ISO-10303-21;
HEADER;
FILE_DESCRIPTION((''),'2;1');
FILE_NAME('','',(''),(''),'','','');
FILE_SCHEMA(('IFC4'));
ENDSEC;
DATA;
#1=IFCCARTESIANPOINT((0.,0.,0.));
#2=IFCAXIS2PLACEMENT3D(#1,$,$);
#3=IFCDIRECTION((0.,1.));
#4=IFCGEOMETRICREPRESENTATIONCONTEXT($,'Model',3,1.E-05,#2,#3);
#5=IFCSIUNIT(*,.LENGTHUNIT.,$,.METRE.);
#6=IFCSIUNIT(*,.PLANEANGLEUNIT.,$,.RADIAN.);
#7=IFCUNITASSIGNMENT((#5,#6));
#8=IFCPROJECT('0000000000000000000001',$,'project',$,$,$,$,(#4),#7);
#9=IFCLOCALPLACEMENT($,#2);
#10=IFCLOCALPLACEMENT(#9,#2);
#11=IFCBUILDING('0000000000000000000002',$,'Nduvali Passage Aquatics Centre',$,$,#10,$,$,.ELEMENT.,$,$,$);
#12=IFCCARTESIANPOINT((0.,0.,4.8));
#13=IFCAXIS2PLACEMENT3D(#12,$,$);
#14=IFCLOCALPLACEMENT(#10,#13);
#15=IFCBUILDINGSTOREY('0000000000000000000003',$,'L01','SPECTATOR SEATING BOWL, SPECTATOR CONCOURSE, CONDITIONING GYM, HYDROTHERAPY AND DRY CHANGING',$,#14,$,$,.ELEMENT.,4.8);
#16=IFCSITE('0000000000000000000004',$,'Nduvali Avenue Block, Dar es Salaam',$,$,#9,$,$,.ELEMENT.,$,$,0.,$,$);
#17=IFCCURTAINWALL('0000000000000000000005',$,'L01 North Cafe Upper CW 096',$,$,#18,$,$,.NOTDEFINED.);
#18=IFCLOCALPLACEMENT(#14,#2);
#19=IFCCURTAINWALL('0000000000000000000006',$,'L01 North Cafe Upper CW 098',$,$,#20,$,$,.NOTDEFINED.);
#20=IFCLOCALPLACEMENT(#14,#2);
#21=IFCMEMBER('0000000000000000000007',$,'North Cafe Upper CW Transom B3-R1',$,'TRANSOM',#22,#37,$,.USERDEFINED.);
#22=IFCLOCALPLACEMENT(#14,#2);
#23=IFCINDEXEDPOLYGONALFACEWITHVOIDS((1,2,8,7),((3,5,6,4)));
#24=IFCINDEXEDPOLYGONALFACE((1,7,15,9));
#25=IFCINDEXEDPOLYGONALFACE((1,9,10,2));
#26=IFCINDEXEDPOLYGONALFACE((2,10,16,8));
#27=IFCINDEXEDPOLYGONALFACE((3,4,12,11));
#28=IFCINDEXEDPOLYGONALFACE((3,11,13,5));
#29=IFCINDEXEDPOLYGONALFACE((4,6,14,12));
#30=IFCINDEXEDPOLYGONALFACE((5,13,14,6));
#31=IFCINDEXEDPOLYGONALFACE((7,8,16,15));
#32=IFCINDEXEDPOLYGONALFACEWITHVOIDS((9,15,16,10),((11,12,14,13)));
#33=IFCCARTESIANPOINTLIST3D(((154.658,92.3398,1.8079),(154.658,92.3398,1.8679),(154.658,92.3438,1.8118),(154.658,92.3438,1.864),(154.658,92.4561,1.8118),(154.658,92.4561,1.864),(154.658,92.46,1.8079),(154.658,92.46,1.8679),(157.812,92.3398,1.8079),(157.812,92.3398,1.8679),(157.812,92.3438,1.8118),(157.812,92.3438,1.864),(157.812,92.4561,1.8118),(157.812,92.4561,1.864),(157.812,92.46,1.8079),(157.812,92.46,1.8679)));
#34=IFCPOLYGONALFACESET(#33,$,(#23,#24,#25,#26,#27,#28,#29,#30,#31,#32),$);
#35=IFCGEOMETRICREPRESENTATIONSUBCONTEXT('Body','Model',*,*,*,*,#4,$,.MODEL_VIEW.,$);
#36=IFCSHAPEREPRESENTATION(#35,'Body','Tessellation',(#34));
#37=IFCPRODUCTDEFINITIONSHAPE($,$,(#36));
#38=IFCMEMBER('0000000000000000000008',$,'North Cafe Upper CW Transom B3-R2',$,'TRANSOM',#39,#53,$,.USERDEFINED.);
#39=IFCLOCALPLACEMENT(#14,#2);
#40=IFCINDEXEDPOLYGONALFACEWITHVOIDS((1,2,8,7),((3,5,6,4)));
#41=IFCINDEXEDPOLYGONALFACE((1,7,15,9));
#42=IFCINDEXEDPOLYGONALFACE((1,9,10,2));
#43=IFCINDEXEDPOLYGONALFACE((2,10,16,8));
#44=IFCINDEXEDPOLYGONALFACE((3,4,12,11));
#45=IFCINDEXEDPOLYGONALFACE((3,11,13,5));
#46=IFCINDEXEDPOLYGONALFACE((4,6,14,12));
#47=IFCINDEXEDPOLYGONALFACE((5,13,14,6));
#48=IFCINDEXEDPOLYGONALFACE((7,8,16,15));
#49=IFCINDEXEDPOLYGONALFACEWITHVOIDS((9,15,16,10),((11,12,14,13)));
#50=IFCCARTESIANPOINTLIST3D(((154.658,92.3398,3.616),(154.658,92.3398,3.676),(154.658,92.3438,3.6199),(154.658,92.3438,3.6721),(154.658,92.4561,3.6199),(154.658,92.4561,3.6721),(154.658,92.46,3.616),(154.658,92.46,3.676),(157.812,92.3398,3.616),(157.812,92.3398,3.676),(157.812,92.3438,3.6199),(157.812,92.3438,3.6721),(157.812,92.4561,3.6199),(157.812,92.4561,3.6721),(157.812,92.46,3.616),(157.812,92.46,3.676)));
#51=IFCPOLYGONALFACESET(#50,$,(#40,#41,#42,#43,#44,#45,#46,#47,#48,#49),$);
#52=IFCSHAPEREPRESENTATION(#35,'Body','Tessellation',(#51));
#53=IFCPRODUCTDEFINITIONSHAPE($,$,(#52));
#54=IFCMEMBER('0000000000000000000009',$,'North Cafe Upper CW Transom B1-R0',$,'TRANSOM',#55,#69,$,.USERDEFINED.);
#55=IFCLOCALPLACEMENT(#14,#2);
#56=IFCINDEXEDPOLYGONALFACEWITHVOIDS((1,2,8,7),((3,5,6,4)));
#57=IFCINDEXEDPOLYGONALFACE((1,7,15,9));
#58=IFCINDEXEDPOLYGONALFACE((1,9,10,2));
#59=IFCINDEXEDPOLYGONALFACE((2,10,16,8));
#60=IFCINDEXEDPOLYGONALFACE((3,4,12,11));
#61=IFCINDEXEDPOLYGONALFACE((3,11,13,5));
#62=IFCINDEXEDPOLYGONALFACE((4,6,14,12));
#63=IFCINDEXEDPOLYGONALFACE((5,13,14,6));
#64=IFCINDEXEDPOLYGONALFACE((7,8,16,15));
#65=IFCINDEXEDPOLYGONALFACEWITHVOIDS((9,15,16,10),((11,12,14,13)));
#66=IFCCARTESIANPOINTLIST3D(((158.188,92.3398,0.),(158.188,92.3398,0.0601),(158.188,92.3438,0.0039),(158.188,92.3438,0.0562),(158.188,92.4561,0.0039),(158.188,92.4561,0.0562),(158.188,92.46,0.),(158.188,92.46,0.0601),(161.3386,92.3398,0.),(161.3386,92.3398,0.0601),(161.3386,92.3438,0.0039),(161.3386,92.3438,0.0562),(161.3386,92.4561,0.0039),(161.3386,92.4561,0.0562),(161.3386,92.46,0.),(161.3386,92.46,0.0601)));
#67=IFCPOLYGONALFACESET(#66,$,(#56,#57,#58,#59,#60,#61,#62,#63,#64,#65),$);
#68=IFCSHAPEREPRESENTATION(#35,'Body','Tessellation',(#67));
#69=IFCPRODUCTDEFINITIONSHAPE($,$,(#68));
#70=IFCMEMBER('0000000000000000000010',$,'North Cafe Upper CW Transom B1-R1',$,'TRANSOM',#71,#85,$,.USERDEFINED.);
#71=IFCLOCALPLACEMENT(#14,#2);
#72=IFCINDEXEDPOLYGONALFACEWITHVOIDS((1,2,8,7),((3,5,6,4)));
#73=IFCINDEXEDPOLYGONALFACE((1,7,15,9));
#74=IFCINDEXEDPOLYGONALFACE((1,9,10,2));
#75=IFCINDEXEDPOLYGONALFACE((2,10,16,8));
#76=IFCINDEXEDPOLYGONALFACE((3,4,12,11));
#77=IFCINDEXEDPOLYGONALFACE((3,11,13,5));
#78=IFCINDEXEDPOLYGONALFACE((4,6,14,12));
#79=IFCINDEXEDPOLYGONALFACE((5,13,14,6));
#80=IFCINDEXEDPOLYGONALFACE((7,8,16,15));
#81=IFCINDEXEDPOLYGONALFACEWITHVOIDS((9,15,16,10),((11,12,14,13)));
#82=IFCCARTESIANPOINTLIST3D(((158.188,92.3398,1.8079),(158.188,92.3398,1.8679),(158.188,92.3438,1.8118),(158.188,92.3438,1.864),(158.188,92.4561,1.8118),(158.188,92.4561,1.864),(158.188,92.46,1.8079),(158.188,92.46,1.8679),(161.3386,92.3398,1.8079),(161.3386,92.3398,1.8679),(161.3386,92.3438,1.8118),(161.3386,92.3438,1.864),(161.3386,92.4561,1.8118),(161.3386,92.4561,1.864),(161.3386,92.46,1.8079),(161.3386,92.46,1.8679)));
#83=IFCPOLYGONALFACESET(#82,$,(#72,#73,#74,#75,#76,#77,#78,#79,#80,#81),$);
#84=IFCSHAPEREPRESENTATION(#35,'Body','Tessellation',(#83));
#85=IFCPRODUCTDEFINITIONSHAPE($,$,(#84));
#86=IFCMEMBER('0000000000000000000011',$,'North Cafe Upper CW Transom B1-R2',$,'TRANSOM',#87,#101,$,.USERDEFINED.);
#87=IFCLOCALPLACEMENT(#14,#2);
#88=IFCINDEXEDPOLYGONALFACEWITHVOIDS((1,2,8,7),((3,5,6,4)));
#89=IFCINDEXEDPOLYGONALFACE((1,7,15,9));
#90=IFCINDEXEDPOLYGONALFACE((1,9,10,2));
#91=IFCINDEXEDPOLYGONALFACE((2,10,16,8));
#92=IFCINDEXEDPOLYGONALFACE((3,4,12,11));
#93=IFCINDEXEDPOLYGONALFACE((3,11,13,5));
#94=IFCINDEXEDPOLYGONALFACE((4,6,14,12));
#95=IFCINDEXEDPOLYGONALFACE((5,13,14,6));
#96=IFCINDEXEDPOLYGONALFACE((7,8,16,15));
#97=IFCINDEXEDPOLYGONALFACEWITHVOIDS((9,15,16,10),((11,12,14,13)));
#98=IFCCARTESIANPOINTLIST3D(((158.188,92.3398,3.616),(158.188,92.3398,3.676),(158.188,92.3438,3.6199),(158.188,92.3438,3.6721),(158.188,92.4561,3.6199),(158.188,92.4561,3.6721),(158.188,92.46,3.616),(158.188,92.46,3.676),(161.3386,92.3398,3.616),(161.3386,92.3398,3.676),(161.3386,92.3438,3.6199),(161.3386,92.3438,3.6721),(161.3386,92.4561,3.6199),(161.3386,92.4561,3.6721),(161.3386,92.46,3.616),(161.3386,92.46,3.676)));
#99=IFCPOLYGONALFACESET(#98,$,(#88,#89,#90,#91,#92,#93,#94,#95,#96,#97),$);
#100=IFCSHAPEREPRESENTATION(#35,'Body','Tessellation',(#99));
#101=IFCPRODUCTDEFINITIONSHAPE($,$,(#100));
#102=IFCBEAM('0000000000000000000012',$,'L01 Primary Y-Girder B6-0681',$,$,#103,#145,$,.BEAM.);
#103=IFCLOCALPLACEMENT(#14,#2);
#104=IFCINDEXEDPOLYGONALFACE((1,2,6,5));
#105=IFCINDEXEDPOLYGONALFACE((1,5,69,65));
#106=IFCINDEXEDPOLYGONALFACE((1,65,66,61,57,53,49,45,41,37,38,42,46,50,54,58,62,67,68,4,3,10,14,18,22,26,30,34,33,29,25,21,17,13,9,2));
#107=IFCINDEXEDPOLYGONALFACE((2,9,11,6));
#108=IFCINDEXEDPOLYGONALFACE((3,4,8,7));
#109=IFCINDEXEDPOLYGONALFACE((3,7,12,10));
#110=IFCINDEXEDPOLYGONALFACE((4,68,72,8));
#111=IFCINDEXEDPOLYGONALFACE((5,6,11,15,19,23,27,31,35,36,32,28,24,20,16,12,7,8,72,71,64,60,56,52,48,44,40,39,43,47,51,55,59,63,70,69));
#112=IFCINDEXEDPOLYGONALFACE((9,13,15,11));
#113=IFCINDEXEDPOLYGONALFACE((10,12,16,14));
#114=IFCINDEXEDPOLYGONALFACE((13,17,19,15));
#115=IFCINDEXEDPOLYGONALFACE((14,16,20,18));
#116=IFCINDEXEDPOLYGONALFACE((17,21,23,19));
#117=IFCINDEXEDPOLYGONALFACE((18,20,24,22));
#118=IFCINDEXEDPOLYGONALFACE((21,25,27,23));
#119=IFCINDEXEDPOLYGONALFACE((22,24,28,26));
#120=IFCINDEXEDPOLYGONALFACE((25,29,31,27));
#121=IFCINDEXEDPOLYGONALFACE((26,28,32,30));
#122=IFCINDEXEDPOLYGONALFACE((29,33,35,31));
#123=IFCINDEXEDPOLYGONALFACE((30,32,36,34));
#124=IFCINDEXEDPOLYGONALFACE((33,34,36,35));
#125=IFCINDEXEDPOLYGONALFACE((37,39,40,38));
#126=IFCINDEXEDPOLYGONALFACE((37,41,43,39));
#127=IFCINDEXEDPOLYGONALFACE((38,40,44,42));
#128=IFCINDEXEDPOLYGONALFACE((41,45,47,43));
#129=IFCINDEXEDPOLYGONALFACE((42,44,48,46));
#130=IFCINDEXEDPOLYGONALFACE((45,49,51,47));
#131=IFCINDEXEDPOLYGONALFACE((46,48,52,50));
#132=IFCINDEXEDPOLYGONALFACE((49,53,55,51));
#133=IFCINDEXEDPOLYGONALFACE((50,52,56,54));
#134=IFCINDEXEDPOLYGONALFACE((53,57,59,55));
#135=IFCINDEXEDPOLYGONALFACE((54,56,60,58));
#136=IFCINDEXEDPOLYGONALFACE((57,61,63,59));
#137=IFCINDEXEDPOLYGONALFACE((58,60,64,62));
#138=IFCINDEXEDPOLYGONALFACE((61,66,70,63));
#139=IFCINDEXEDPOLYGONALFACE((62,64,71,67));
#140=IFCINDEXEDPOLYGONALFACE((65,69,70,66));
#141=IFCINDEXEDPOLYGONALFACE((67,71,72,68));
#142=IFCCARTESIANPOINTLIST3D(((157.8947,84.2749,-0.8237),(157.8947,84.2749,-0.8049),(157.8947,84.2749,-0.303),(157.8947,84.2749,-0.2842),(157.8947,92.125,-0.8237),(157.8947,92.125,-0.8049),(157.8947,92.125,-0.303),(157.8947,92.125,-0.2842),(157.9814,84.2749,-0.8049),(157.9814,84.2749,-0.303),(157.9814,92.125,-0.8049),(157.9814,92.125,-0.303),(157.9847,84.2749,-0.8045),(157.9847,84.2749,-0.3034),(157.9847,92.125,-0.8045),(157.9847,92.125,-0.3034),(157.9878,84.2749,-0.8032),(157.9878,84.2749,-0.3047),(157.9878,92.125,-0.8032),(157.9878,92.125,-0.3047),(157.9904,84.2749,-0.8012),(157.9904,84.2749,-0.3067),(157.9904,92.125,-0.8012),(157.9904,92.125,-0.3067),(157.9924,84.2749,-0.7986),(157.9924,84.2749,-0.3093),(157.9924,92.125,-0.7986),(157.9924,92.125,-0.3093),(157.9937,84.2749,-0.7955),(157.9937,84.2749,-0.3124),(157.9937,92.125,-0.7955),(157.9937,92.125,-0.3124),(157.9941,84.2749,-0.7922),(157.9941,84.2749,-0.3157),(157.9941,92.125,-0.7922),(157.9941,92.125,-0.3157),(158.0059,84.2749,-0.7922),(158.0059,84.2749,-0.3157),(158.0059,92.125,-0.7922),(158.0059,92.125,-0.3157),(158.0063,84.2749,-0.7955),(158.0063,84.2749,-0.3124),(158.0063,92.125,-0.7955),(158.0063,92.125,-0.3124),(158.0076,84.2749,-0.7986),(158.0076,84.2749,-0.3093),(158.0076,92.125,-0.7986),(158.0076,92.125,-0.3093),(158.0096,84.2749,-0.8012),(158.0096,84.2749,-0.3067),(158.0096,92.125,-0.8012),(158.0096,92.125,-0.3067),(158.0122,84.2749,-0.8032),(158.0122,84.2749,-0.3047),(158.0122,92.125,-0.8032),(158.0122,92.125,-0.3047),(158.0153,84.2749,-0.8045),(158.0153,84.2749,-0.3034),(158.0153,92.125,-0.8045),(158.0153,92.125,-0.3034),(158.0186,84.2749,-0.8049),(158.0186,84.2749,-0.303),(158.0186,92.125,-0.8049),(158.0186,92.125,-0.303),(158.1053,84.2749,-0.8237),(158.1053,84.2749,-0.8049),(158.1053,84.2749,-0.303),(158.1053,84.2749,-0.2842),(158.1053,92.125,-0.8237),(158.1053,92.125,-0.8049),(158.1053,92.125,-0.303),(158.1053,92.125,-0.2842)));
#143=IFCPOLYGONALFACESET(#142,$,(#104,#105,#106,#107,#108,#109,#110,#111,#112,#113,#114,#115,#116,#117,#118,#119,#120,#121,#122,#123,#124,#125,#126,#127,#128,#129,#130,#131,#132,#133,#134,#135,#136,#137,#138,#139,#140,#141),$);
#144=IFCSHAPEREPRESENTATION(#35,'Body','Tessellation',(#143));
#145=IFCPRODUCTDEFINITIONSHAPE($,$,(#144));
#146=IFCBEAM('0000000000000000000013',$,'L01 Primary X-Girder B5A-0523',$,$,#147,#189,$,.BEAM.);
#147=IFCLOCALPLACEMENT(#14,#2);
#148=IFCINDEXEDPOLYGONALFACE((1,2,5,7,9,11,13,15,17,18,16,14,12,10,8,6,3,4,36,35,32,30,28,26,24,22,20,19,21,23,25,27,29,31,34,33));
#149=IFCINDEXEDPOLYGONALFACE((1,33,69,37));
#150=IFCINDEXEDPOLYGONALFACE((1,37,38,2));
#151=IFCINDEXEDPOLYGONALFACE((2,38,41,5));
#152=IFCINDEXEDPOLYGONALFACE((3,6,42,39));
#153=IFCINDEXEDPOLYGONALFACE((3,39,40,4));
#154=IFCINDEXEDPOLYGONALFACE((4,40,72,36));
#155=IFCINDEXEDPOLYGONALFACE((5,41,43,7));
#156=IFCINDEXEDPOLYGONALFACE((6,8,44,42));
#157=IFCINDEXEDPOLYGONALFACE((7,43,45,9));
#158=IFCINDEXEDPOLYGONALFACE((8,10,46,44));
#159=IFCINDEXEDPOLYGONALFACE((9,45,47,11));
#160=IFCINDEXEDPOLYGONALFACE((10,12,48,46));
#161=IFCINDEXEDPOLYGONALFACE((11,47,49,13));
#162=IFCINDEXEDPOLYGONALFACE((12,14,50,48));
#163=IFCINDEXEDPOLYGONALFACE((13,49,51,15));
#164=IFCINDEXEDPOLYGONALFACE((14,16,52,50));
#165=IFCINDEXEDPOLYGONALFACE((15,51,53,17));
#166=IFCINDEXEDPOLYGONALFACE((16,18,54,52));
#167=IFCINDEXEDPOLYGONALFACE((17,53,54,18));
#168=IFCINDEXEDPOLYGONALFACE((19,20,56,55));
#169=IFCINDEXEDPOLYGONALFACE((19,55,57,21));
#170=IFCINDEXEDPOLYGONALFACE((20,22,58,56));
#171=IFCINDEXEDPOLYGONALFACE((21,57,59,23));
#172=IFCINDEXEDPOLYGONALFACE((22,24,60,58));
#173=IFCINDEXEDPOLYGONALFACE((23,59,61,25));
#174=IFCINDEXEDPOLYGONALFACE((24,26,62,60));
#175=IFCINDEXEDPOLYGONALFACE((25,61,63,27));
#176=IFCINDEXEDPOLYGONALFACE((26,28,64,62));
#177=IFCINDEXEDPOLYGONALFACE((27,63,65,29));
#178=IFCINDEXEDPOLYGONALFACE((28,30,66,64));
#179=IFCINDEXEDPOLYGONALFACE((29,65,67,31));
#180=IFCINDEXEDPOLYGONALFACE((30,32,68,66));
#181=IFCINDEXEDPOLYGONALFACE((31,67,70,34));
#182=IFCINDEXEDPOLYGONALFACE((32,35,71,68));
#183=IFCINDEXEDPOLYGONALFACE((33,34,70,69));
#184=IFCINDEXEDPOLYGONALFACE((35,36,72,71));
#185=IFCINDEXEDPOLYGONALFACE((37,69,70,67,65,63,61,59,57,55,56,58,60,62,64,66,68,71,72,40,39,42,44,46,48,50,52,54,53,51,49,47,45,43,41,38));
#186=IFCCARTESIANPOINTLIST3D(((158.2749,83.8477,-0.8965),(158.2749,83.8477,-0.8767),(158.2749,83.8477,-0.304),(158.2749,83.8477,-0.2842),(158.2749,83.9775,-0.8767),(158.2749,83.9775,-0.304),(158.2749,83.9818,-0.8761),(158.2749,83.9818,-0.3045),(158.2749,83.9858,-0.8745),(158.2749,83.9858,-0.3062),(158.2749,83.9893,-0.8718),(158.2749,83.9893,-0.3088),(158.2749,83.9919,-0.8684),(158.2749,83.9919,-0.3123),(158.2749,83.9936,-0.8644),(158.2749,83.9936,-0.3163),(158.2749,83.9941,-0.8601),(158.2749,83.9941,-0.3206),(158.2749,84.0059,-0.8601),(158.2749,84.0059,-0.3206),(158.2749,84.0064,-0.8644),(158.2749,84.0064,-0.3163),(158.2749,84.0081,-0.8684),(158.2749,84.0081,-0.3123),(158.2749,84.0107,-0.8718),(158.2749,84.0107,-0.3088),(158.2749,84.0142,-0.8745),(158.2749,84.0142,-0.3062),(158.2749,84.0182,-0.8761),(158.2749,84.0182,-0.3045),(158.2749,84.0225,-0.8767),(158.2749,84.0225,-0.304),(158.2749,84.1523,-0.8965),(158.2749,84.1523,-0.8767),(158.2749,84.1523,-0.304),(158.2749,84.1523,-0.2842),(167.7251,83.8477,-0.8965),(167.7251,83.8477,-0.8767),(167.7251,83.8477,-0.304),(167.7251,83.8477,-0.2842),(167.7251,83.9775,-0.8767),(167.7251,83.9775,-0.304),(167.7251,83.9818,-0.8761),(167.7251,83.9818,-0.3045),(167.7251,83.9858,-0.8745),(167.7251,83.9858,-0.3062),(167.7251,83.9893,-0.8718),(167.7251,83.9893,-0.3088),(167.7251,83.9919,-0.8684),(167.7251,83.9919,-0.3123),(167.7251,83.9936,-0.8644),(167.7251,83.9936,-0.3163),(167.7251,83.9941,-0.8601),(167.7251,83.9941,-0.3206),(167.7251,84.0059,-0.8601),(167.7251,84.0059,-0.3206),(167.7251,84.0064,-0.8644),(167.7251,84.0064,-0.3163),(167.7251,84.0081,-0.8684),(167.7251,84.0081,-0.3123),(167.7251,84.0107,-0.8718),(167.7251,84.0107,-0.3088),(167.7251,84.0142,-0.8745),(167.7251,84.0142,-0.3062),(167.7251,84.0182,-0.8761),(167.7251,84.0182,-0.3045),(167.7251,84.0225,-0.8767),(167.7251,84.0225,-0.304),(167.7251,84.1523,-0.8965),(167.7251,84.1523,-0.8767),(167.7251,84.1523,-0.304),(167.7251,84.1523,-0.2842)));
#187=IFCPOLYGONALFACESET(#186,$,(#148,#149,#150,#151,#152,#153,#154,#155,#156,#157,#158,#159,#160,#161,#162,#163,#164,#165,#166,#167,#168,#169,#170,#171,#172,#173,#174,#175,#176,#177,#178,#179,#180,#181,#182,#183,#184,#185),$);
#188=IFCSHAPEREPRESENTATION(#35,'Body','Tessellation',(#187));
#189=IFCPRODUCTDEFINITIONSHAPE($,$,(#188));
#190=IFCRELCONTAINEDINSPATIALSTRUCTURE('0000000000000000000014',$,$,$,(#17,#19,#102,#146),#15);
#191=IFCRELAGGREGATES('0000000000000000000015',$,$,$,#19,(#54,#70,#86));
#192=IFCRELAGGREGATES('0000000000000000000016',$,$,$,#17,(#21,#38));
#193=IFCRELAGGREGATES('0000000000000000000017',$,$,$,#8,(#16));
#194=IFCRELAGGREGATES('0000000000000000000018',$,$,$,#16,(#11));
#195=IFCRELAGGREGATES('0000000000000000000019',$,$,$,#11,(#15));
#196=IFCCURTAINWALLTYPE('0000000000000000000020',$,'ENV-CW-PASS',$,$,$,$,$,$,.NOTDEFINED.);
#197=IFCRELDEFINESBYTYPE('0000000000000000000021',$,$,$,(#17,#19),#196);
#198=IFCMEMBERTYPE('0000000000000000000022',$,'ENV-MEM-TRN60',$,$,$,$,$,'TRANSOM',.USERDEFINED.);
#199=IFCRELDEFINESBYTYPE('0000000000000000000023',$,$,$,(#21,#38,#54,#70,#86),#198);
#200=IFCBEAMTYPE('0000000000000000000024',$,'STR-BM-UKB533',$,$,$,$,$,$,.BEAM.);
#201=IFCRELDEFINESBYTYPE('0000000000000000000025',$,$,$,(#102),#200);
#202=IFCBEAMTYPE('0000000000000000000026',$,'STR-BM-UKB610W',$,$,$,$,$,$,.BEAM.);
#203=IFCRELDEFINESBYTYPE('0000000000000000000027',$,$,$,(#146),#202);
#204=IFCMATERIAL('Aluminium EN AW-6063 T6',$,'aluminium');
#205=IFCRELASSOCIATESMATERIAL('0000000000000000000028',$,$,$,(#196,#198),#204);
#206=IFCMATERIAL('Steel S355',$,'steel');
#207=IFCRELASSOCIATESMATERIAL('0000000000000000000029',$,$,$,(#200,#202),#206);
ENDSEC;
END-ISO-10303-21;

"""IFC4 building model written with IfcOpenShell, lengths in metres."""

from ifc_helpers import new_model, si_unit, direction, frame, origin, origin_2d, place, context, subcontext, project, spatial, hollow_rectangle, i_section, extrude, material, material_profile, profile_set, type_object, element, aggregate, save


model = new_model("IFC4")

# Units and contexts
model_context = context("Model", 3, precision=1e-05, world=origin(), true_north=direction((0.0, 1.0)))
body_context = subcontext(model_context, "Body", "Model", "MODEL_VIEW")
ifc_project = project(units=[si_unit("LENGTHUNIT", "METRE"), si_unit("PLANEANGLEUNIT", "RADIAN")], contexts=[model_context])

# Site, building, storey
site_placement = place(None, origin())
site = spatial("IfcSite", under=ifc_project, at=site_placement, Name="Nduvali Avenue Block, Dar es Salaam", CompositionType="ELEMENT", RefElevation=0.0)
building_placement = place(site_placement, origin())
building = spatial("IfcBuilding", under=site, at=building_placement, Name="Nduvali Passage Aquatics Centre", CompositionType="ELEMENT")
storey_placement = place(building_placement, frame((0.0, 0.0, 4.8)))
storey = spatial("IfcBuildingStorey", under=building, at=storey_placement, Name="L01", Description="SPECTATOR SEATING BOWL, SPECTATOR CONCOURSE, CONDITIONING GYM, HYDROTHERAPY AND DRY CHANGING", CompositionType="ELEMENT", Elevation=4.8)

# Shared definitions
ifc_material_1 = material(Name="Steel S355", Category="steel")

# Curtain wall
ifc_material_2 = material(Name="Aluminium EN AW-6063 T6", Category="aluminium")
curtain_wall_type = type_object("IfcCurtainWallType", Name="ENV-CW-PASS", PredefinedType="NOTDEFINED", material=ifc_material_2)
curtain_wall_1_placement = place(storey_placement, origin())
curtain_wall_1 = element("IfcCurtainWall", 1, at=curtain_wall_1_placement, inside=storey, type_object=curtain_wall_type, Name="L01 North Cafe Upper CW 096", PredefinedType="NOTDEFINED")

# Curtain wall
curtain_wall_2_placement = place(storey_placement, origin())
curtain_wall_2 = element("IfcCurtainWall", 2, at=curtain_wall_2_placement, inside=storey, type_object=curtain_wall_type, Name="L01 North Cafe Upper CW 098", PredefinedType="NOTDEFINED")

# Members
ifc_material_profile_1 = material_profile(ifc_material_2, hollow_rectangle(XDim=0.1201, YDim=0.0601, WallThickness=0.0039, at=origin_2d()), Name="ALU TRANSOM 120x60x4")
ifc_profile_set_1 = profile_set([ifc_material_profile_1], Name="Aluminium EN AW-6063 T6")
member_type_1 = type_object("IfcMemberType", Name="ENV-MEM-TRN60", ElementType="TRANSOM", PredefinedType="USERDEFINED", material=ifc_profile_set_1)
member_1_placement = place(storey_placement, frame((154.658, 92.3999, 1.8379), z_axis=(1.0, 0.0, 0.0), x_axis=(0.0, 1.0, 0.0)))
member_1 = element("IfcMember", 3, at=member_1_placement, type_object=member_type_1, Name="North Cafe Upper CW Transom B3-R1", ObjectType="TRANSOM", PredefinedType="USERDEFINED", context=body_context, shape_type="SweptSolid", body=[
    extrude(hollow_rectangle(XDim=0.1201, YDim=0.0601, WallThickness=0.0039, at=origin_2d()), origin(), (0.0, 0.0, 1.0), 3.1541),
])
member_2_placement = place(storey_placement, frame((154.658, 92.3999, 3.646), z_axis=(1.0, 0.0, 0.0), x_axis=(0.0, 1.0, 0.0)))
member_2 = element("IfcMember", 4, at=member_2_placement, type_object=member_type_1, Name="North Cafe Upper CW Transom B3-R2", ObjectType="TRANSOM", PredefinedType="USERDEFINED", context=body_context, shape_type="SweptSolid", body=[
    extrude(hollow_rectangle(XDim=0.1201, YDim=0.0601, WallThickness=0.0039, at=origin_2d()), origin(), (0.0, 0.0, 1.0), 3.1541),
])
member_3_placement = place(storey_placement, frame((158.188, 92.3999, 0.03), z_axis=(1.0, 0.0, 0.0), x_axis=(0.0, 1.0, 0.0)))
member_3 = element("IfcMember", 5, at=member_3_placement, type_object=member_type_1, Name="North Cafe Upper CW Transom B1-R0", ObjectType="TRANSOM", PredefinedType="USERDEFINED", context=body_context, shape_type="SweptSolid", body=[
    extrude(hollow_rectangle(XDim=0.1201, YDim=0.0601, WallThickness=0.0039, at=origin_2d()), origin(), (0.0, 0.0, 1.0), 3.1506),
])
member_4_placement = place(storey_placement, frame((158.188, 92.3999, 1.8379), z_axis=(1.0, 0.0, 0.0), x_axis=(0.0, 1.0, 0.0)))
member_4 = element("IfcMember", 6, at=member_4_placement, type_object=member_type_1, Name="North Cafe Upper CW Transom B1-R1", ObjectType="TRANSOM", PredefinedType="USERDEFINED", context=body_context, shape_type="SweptSolid", body=[
    extrude(hollow_rectangle(XDim=0.1201, YDim=0.0601, WallThickness=0.0039, at=origin_2d()), origin(), (0.0, 0.0, 1.0), 3.1506),
])
member_5_placement = place(storey_placement, frame((158.188, 92.3999, 3.646), z_axis=(1.0, 0.0, 0.0), x_axis=(0.0, 1.0, 0.0)))
member_5 = element("IfcMember", 7, at=member_5_placement, type_object=member_type_1, Name="North Cafe Upper CW Transom B1-R2", ObjectType="TRANSOM", PredefinedType="USERDEFINED", context=body_context, shape_type="SweptSolid", body=[
    extrude(hollow_rectangle(XDim=0.1201, YDim=0.0601, WallThickness=0.0039, at=origin_2d()), origin(), (0.0, 0.0, 1.0), 3.1506),
])
aggregate(curtain_wall_2, [member_3, member_4, member_5])

# Beams
ifc_material_profile_2 = material_profile(ifc_material_1, i_section(OverallWidth=0.2107, OverallDepth=0.5396, WebThickness=0.0117, FlangeThickness=0.0188, FilletRadius=0.0127, at=origin_2d()), Name="UKB 533x210x109")
ifc_profile_set_2 = profile_set([ifc_material_profile_2], Name="Steel S355")
beam_type_1 = type_object("IfcBeamType", Name="STR-BM-UKB533", PredefinedType="BEAM", material=ifc_profile_set_2)
beam_1_placement = place(storey_placement, frame((158.0, 84.2749, -0.554), z_axis=(0.0, 1.0, 0.0), x_axis=(-1.0, 0.0, 0.0)))
element("IfcBeam", 8, at=beam_1_placement, inside=storey, type_object=beam_type_1, Name="L01 Primary Y-Girder B6-0681", PredefinedType="BEAM", context=body_context, shape_type="SweptSolid", body=[
    extrude(i_section(OverallWidth=0.2107, OverallDepth=0.5396, WebThickness=0.0117, FlangeThickness=0.0188, FilletRadius=0.0127, at=origin_2d()), origin(), (0.0, 0.0, 1.0), 7.8501),
])
ifc_material_profile_3 = material_profile(ifc_material_1, i_section(OverallWidth=0.3047, OverallDepth=0.6123, WebThickness=0.0117, FlangeThickness=0.0198, FilletRadius=0.0166, at=origin_2d()), Name="UKB 610x305x149")
ifc_profile_set_3 = profile_set([ifc_material_profile_3], Name="Steel S355")
beam_type_2 = type_object("IfcBeamType", Name="STR-BM-UKB610W", PredefinedType="BEAM", material=ifc_profile_set_3)
beam_2_placement = place(storey_placement, frame((158.2749, 84.0, -0.5903), z_axis=(1.0, 0.0, 0.0), x_axis=(0.0, 1.0, 0.0)))
element("IfcBeam", 9, at=beam_2_placement, inside=storey, type_object=beam_type_2, Name="L01 Primary X-Girder B5A-0523", PredefinedType="BEAM", context=body_context, shape_type="SweptSolid", body=[
    extrude(i_section(OverallWidth=0.3047, OverallDepth=0.6123, WebThickness=0.0117, FlangeThickness=0.0198, FilletRadius=0.0166, at=origin_2d()), origin(), (0.0, 0.0, 1.0), 9.4502),
])

aggregate(curtain_wall_1, [member_1, member_2])

save(model, "model.ifc")
